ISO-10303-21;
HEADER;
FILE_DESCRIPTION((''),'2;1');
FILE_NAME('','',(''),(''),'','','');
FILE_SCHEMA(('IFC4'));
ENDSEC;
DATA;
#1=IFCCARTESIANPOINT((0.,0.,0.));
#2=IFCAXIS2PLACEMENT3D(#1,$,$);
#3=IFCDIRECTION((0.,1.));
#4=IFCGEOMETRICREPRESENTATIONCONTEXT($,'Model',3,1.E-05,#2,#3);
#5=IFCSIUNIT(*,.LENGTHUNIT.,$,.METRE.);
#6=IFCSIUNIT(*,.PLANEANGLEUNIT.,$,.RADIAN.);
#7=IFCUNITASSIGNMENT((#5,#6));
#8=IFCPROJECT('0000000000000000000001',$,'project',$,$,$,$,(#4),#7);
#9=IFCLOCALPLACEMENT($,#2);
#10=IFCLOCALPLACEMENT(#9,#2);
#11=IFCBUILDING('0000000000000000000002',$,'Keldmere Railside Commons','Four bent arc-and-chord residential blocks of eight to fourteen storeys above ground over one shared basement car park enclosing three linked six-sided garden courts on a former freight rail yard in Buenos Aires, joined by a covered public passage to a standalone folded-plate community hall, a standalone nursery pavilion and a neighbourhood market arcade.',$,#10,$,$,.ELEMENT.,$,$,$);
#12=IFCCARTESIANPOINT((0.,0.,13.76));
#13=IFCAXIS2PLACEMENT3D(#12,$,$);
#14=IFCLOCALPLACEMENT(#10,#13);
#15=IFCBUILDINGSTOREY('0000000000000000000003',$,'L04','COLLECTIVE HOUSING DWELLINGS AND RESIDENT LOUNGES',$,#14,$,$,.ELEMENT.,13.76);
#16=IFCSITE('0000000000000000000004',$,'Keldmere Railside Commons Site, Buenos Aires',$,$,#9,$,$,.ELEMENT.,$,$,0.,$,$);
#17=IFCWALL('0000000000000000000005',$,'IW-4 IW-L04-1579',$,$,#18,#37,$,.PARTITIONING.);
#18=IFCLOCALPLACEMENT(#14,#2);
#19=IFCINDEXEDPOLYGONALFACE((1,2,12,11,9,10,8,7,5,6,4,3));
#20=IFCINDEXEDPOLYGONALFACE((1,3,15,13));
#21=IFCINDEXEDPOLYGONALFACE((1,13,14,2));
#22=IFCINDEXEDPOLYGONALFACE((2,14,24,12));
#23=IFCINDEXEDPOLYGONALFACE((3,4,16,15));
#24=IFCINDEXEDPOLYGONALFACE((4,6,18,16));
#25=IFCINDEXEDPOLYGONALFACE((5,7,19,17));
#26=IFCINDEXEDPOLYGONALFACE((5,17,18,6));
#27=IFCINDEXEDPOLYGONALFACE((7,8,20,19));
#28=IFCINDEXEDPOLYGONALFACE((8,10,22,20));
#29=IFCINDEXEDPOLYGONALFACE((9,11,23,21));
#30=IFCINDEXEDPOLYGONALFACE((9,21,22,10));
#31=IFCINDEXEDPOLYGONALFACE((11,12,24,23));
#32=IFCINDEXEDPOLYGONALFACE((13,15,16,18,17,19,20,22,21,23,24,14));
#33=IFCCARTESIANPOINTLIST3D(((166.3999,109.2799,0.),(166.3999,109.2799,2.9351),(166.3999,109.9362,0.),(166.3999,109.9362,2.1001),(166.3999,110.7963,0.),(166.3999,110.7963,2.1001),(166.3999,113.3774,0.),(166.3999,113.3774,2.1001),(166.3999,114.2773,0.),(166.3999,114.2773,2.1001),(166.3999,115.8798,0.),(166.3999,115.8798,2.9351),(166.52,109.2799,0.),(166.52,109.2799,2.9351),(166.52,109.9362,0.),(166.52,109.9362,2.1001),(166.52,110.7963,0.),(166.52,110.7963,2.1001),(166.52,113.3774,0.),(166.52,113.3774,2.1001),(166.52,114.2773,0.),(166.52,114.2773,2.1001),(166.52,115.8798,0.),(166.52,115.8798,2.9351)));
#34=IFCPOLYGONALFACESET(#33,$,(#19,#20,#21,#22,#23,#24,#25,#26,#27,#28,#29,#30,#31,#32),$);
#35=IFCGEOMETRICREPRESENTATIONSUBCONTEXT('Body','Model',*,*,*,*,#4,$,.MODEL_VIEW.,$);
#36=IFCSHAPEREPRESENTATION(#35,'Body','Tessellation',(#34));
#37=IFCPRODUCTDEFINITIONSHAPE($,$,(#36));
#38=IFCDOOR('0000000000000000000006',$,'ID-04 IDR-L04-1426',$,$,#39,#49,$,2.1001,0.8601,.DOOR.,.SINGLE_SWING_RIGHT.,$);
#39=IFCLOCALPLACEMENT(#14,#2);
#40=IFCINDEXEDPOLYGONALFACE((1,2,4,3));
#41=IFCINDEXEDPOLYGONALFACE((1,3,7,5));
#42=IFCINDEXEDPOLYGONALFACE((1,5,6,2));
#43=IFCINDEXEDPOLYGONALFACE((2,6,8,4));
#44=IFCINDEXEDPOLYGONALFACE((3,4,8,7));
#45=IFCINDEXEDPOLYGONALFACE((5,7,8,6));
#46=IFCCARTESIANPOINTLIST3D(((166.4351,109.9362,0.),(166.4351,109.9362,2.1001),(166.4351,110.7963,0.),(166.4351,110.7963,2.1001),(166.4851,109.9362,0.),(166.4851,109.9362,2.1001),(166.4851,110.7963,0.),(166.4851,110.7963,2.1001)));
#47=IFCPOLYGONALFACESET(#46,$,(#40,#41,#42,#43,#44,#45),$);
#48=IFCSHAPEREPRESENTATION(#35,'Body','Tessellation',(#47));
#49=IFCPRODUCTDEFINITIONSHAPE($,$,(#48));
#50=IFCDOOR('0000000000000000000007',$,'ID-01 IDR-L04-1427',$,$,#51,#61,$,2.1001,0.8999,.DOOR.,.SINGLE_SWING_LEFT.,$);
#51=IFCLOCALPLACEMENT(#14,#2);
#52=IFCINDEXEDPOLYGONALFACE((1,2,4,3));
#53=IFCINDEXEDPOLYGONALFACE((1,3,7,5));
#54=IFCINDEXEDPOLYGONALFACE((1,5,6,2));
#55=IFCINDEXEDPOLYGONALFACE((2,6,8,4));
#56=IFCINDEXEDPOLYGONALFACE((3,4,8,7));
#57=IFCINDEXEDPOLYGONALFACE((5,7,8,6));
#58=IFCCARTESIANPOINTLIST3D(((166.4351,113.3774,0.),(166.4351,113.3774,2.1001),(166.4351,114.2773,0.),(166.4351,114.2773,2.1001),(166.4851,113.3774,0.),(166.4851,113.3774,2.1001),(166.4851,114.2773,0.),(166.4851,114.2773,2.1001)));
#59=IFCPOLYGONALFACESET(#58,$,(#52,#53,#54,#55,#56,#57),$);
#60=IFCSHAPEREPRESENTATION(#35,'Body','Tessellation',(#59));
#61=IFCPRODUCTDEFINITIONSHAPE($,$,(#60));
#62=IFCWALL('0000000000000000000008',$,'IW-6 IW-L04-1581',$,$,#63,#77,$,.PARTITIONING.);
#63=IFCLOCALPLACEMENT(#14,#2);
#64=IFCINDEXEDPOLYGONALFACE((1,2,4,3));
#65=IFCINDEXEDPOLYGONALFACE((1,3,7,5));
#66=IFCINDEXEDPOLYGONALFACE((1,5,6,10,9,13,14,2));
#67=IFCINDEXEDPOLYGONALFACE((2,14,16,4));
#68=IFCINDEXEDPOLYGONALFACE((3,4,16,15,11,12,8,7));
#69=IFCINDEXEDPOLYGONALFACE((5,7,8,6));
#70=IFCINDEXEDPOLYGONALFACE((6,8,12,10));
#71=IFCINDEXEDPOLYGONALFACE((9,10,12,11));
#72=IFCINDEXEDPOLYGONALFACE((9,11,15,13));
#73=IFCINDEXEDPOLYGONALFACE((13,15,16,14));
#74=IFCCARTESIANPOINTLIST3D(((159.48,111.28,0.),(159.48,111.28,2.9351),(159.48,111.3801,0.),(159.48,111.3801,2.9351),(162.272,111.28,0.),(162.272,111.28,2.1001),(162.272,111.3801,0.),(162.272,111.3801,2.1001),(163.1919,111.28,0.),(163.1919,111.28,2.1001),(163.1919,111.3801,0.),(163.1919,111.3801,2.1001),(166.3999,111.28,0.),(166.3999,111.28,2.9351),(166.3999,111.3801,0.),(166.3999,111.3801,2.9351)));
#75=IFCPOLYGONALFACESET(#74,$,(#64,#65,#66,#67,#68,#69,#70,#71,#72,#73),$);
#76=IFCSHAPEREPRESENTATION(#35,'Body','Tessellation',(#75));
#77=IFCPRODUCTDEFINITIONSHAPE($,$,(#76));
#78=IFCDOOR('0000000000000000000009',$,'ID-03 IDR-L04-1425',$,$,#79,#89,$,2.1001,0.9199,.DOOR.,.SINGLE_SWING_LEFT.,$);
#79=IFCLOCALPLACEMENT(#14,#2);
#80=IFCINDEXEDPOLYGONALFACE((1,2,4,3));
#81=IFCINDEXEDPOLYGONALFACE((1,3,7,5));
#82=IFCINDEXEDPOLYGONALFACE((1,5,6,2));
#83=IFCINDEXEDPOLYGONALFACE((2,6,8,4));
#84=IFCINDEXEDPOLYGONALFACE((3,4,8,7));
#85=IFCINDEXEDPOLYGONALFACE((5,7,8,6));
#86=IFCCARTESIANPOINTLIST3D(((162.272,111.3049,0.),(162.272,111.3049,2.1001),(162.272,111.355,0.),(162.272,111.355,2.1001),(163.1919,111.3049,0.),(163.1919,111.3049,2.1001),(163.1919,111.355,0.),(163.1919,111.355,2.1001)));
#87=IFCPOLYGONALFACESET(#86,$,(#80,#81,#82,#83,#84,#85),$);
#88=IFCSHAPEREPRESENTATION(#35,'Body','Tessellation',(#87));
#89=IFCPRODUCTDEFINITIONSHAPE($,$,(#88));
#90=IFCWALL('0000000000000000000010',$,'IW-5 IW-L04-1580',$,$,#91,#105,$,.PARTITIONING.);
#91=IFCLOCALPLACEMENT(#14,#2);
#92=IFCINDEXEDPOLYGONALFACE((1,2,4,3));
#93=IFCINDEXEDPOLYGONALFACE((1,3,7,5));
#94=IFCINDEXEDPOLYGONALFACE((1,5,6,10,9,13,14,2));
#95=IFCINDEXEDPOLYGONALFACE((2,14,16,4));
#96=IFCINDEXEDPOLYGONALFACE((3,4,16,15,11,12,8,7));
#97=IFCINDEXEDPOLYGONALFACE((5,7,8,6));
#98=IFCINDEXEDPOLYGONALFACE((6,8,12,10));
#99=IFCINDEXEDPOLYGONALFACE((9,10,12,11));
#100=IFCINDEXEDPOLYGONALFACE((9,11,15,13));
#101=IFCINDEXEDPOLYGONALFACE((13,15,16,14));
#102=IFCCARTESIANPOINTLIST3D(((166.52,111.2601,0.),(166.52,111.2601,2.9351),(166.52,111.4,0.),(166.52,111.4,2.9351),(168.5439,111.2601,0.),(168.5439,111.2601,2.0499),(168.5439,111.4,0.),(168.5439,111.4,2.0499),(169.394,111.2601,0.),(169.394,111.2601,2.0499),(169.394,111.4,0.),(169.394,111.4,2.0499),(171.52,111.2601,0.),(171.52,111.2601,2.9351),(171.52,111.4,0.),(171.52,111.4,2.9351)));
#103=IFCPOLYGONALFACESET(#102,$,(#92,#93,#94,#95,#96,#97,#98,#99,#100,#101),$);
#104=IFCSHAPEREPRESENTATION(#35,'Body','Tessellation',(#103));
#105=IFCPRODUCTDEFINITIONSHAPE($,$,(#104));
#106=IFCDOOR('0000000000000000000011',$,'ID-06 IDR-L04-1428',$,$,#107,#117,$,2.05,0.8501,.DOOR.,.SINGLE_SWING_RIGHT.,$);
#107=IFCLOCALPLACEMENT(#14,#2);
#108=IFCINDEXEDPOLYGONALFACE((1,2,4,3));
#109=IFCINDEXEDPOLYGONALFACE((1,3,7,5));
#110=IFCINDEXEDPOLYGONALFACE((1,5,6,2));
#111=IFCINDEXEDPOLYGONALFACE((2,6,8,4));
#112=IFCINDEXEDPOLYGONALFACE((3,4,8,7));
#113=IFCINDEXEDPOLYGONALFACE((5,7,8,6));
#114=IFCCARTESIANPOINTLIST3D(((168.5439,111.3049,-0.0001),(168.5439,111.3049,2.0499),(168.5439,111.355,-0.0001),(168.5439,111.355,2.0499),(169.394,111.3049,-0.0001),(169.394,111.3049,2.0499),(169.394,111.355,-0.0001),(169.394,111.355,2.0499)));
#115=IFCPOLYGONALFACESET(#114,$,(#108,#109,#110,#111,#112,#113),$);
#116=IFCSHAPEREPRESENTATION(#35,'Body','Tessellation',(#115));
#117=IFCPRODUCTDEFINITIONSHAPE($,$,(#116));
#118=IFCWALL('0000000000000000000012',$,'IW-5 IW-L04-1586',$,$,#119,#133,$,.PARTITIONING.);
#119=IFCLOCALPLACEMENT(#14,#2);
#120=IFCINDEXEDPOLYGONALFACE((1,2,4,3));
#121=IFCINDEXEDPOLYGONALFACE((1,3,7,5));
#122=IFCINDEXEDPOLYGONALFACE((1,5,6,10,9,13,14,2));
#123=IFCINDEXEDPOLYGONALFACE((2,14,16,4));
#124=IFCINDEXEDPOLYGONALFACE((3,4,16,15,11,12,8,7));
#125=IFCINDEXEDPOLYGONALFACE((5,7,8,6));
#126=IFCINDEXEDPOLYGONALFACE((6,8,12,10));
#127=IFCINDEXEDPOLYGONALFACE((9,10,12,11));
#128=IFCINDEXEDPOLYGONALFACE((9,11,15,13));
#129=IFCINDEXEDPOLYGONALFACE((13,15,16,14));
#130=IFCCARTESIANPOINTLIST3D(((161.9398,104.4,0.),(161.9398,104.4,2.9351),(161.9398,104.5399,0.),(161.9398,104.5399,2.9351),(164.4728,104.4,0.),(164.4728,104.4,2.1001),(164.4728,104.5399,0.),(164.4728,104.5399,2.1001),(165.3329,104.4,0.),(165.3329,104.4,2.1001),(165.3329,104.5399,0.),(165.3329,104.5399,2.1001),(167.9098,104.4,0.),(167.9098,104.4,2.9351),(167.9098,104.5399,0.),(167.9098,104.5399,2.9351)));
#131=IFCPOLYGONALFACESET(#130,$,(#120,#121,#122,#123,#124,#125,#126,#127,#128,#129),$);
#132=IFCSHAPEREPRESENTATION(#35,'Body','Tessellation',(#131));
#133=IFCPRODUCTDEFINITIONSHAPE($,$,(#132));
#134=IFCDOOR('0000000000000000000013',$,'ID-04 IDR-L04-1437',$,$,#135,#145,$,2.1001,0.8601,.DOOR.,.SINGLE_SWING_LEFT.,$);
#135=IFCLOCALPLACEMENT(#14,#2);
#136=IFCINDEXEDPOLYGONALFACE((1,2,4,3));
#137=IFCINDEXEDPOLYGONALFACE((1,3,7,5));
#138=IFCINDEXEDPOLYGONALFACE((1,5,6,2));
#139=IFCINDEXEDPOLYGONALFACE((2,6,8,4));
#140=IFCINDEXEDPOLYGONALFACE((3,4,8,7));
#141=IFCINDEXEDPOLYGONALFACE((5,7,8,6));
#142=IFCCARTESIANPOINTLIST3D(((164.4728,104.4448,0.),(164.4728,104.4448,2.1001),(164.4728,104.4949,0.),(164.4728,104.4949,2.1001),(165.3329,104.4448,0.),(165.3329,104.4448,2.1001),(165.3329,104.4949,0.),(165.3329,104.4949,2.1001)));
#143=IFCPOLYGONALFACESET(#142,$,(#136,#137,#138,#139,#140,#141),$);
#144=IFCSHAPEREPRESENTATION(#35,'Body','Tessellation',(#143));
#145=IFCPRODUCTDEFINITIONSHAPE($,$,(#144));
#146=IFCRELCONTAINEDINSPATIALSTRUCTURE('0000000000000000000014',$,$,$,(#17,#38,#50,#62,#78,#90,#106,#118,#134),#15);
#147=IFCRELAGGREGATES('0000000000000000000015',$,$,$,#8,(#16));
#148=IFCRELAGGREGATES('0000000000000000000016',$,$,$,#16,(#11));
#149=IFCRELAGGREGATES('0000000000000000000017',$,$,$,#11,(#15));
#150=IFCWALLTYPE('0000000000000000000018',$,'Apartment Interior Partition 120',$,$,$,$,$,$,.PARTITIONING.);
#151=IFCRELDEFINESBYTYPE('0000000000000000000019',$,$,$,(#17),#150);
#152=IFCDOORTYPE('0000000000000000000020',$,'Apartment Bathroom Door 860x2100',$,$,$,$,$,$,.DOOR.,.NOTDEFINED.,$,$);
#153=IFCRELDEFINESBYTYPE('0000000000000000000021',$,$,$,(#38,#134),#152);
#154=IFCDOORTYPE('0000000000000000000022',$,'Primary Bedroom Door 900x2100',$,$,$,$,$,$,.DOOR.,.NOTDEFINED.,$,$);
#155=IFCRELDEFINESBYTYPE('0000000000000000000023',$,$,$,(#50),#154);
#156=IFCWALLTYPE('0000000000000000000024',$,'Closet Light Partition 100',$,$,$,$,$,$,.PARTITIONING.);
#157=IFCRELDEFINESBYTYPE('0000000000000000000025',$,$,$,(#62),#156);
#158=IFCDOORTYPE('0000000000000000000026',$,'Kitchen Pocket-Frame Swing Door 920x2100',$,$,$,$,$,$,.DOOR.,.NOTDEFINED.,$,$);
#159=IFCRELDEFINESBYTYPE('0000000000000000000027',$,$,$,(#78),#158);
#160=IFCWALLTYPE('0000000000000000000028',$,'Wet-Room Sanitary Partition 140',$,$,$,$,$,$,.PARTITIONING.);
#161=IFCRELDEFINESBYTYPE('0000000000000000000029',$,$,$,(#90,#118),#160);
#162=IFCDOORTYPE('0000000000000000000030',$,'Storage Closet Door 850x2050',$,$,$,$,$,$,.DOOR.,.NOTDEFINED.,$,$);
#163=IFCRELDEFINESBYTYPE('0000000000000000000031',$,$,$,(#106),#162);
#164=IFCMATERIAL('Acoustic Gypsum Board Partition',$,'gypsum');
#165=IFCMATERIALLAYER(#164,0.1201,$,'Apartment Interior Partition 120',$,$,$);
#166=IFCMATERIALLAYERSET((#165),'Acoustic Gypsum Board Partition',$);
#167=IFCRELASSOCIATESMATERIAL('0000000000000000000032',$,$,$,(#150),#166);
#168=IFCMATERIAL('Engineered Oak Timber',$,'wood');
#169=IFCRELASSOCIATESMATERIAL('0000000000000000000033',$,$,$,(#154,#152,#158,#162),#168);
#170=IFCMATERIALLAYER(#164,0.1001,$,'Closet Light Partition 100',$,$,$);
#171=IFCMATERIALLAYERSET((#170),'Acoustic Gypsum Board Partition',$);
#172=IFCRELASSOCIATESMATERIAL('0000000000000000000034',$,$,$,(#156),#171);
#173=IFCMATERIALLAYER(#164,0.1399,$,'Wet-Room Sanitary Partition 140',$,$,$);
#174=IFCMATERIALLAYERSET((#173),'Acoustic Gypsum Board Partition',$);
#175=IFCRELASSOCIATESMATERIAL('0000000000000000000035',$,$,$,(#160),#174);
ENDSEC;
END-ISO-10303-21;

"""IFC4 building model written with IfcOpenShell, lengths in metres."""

from ifc_helpers import new_model, si_unit, direction, frame, frame_2d, origin, place, context, subcontext, project, spatial, rectangle, extrude, material, layer, layer_set, type_object, element, fill, save


model = new_model("IFC4")

# Units and contexts
model_context = context("Model", 3, precision=1e-05, world=origin(), true_north=direction((0.0, 1.0)))
body_context = subcontext(model_context, "Body", "Model", "MODEL_VIEW")
ifc_project = project(units=[si_unit("LENGTHUNIT", "METRE"), si_unit("PLANEANGLEUNIT", "RADIAN")], contexts=[model_context])

# Site, building, storey
site_placement = place(None, origin())
site = spatial("IfcSite", under=ifc_project, at=site_placement, Name="Keldmere Railside Commons Site, Buenos Aires", CompositionType="ELEMENT", RefElevation=0.0)
building_placement = place(site_placement, origin())
building = spatial("IfcBuilding", under=site, at=building_placement, Name="Keldmere Railside Commons", Description="Four bent arc-and-chord residential blocks of eight to fourteen storeys above ground over one shared basement car park enclosing three linked six-sided garden courts on a former freight rail yard in Buenos Aires, joined by a covered public passage to a standalone folded-plate community hall, a standalone nursery pavilion and a neighbourhood market arcade.", CompositionType="ELEMENT")
storey_placement = place(building_placement, frame((0.0, 0.0, 13.76)))
storey = spatial("IfcBuildingStorey", under=building, at=storey_placement, Name="L04", Description="COLLECTIVE HOUSING DWELLINGS AND RESIDENT LOUNGES", CompositionType="ELEMENT", Elevation=13.76)

# Shared definitions
ifc_material_1 = material(Name="Acoustic Gypsum Board Partition", Category="gypsum")

# Shared definitions
ifc_layer_1 = layer(ifc_material_1, 0.1201, Name="Apartment Interior Partition 120")
ifc_layer_set_1 = layer_set([ifc_layer_1], Name="Acoustic Gypsum Board Partition")
wall_type_1 = type_object("IfcWallType", Name="Apartment Interior Partition 120", PredefinedType="PARTITIONING", material=ifc_layer_set_1)
ifc_material_2 = material(Name="Engineered Oak Timber", Category="wood")
door_type_1 = type_object("IfcDoorType", Name="Primary Bedroom Door 900x2100", OperationType="NOTDEFINED", PredefinedType="DOOR", material=ifc_material_2)

# Wall, openings, doors
wall_1_placement = place(storey_placement, frame((166.46, 109.28, 0.0), z_axis=(0.0, 0.0, 1.0), x_axis=(0.0, 1.0, 0.0)))
wall_1 = element("IfcWall", 1, at=wall_1_placement, inside=storey, type_object=wall_type_1, Name="IW-4 IW-L04-1579", PredefinedType="PARTITIONING", context=body_context, shape_type="SweptSolid", body=[
    extrude(rectangle(XDim=6.5999, YDim=0.1201, at=frame_2d((3.2998, 0.0))), origin(), (0.0, 0.0, 1.0), 2.9351),
])
opening_1_placement = place(wall_1_placement, frame((0.656, 0.0, 0.0)))
opening_1 = element("IfcOpeningElement", 2, at=opening_1_placement, cuts=wall_1, PredefinedType="OPENING", context=body_context, shape_type="SweptSolid", body=[
    extrude(rectangle(XDim=0.8601, YDim=2.1001, at=frame_2d((0.4302, 1.05))), frame((0.0, 0.0701, 0.0), z_axis=(0.0, -1.0, 0.0), x_axis=(1.0, 0.0, 0.0)), (0.0, 0.0, 1.0), 0.1401),
])
opening_2_placement = place(wall_1_placement, frame((4.0974, 0.0, 0.0)))
opening_2 = element("IfcOpeningElement", 3, at=opening_2_placement, cuts=wall_1, PredefinedType="OPENING", context=body_context, shape_type="SweptSolid", body=[
    extrude(rectangle(XDim=0.8999, YDim=2.1001, at=frame_2d((0.45, 1.05))), frame((0.0, 0.0701, 0.0), z_axis=(0.0, -1.0, 0.0), x_axis=(1.0, 0.0, 0.0)), (0.0, 0.0, 1.0), 0.1401),
])
door_type_2 = type_object("IfcDoorType", Name="Apartment Bathroom Door 860x2100", OperationType="NOTDEFINED", PredefinedType="DOOR", material=ifc_material_2)
door_1_placement = place(opening_1_placement, origin())
door_1 = element("IfcDoor", 4, at=door_1_placement, inside=storey, type_object=door_type_2, Name="ID-04 IDR-L04-1426", OperationType="SINGLE_SWING_RIGHT", OverallHeight=2.1001, OverallWidth=0.8601, PredefinedType="DOOR", context=body_context, shape_type="SweptSolid", body=[
    extrude(rectangle(XDim=0.8601, YDim=2.1001, at=frame_2d((0.4302, 1.05))), frame((0.0, 0.0249, 0.0), z_axis=(0.0, -1.0, 0.0), x_axis=(1.0, 0.0, 0.0)), (0.0, 0.0, 1.0), 0.05),
])
fill(opening_1, door_1)
door_2_placement = place(opening_2_placement, origin())
door_2 = element("IfcDoor", 5, at=door_2_placement, inside=storey, type_object=door_type_1, Name="ID-01 IDR-L04-1427", OperationType="SINGLE_SWING_LEFT", OverallHeight=2.1001, OverallWidth=0.8999, PredefinedType="DOOR", context=body_context, shape_type="SweptSolid", body=[
    extrude(rectangle(XDim=0.8999, YDim=2.1001, at=frame_2d((0.45, 1.05))), frame((0.0, 0.0249, 0.0), z_axis=(0.0, -1.0, 0.0), x_axis=(1.0, 0.0, 0.0)), (0.0, 0.0, 1.0), 0.05),
])
fill(opening_2, door_2)

# Walls, openings, doors
ifc_layer_2 = layer(ifc_material_1, 0.1001, Name="Closet Light Partition 100")
ifc_layer_set_2 = layer_set([ifc_layer_2], Name="Acoustic Gypsum Board Partition")
wall_type_2 = type_object("IfcWallType", Name="Closet Light Partition 100", PredefinedType="PARTITIONING", material=ifc_layer_set_2)
wall_2_placement = place(storey_placement, frame((159.48, 111.3301, 0.0), z_axis=(0.0, 0.0, 1.0), x_axis=(1.0, 0.0, 0.0)))
wall_2 = element("IfcWall", 6, at=wall_2_placement, inside=storey, type_object=wall_type_2, Name="IW-6 IW-L04-1581", PredefinedType="PARTITIONING", context=body_context, shape_type="SweptSolid", body=[
    extrude(rectangle(XDim=6.9199, YDim=0.1001, at=frame_2d((3.46, 0.0))), origin(), (0.0, 0.0, 1.0), 2.9351),
])
opening_3_placement = place(wall_2_placement, frame((2.792, 0.0, 0.0)))
opening_3 = element("IfcOpeningElement", 7, at=opening_3_placement, cuts=wall_2, PredefinedType="OPENING", context=body_context, shape_type="SweptSolid", body=[
    extrude(rectangle(XDim=0.9199, YDim=2.1001, at=frame_2d((0.46, 1.05))), frame((0.0, 0.0601, 0.0), z_axis=(0.0, -1.0, 0.0), x_axis=(1.0, 0.0, 0.0)), (0.0, 0.0, 1.0), 0.1201),
])
door_type_3 = type_object("IfcDoorType", Name="Kitchen Pocket-Frame Swing Door 920x2100", OperationType="NOTDEFINED", PredefinedType="DOOR", material=ifc_material_2)
door_3_placement = place(opening_3_placement, origin())
door_3 = element("IfcDoor", 8, at=door_3_placement, inside=storey, type_object=door_type_3, Name="ID-03 IDR-L04-1425", OperationType="SINGLE_SWING_LEFT", OverallHeight=2.1001, OverallWidth=0.9199, PredefinedType="DOOR", context=body_context, shape_type="SweptSolid", body=[
    extrude(rectangle(XDim=0.9199, YDim=2.1001, at=frame_2d((0.46, 1.05))), frame((0.0, 0.0249, 0.0), z_axis=(0.0, -1.0, 0.0), x_axis=(1.0, 0.0, 0.0)), (0.0, 0.0, 1.0), 0.05),
])
fill(opening_3, door_3)
ifc_layer_3 = layer(ifc_material_1, 0.1399, Name="Wet-Room Sanitary Partition 140")
ifc_layer_set_3 = layer_set([ifc_layer_3], Name="Acoustic Gypsum Board Partition")
wall_type_3 = type_object("IfcWallType", Name="Wet-Room Sanitary Partition 140", PredefinedType="PARTITIONING", material=ifc_layer_set_3)
wall_3_placement = place(storey_placement, frame((166.52, 111.3301, 0.0), z_axis=(0.0, 0.0, 1.0), x_axis=(1.0, 0.0, 0.0)))
wall_3 = element("IfcWall", 9, at=wall_3_placement, inside=storey, type_object=wall_type_3, Name="IW-5 IW-L04-1580", PredefinedType="PARTITIONING", context=body_context, shape_type="SweptSolid", body=[
    extrude(rectangle(XDim=5.0, YDim=0.1399, at=frame_2d((2.5, 0.0))), origin(), (0.0, 0.0, 1.0), 2.9351),
])
opening_4_placement = place(wall_3_placement, frame((2.0239, 0.0, 0.0)))
opening_4 = element("IfcOpeningElement", 10, at=opening_4_placement, cuts=wall_3, PredefinedType="OPENING", context=body_context, shape_type="SweptSolid", body=[
    extrude(rectangle(XDim=0.8501, YDim=2.05, at=frame_2d((0.425, 1.0249))), frame((0.0, 0.0798, 0.0), z_axis=(0.0, -1.0, 0.0), x_axis=(1.0, 0.0, 0.0)), (0.0, 0.0, 1.0), 0.1599),
])
door_type_4 = type_object("IfcDoorType", Name="Storage Closet Door 850x2050", OperationType="NOTDEFINED", PredefinedType="DOOR", material=ifc_material_2)
door_4_placement = place(opening_4_placement, origin())
door_4 = element("IfcDoor", 11, at=door_4_placement, inside=storey, type_object=door_type_4, Name="ID-06 IDR-L04-1428", OperationType="SINGLE_SWING_RIGHT", OverallHeight=2.05, OverallWidth=0.8501, PredefinedType="DOOR", context=body_context, shape_type="SweptSolid", body=[
    extrude(rectangle(XDim=0.8501, YDim=2.05, at=frame_2d((0.425, 1.0249))), frame((0.0, 0.0249, 0.0), z_axis=(0.0, -1.0, 0.0), x_axis=(1.0, 0.0, 0.0)), (0.0, 0.0, 1.0), 0.05),
])
fill(opening_4, door_4)
wall_4_placement = place(storey_placement, frame((161.9399, 104.47, 0.0), z_axis=(0.0, 0.0, 1.0), x_axis=(1.0, 0.0, 0.0)))
wall_4 = element("IfcWall", 12, at=wall_4_placement, inside=storey, type_object=wall_type_3, Name="IW-5 IW-L04-1586", PredefinedType="PARTITIONING", context=body_context, shape_type="SweptSolid", body=[
    extrude(rectangle(XDim=5.97, YDim=0.1399, at=frame_2d((2.9849, 0.0))), origin(), (0.0, 0.0, 1.0), 2.9351),
])
opening_5_placement = place(wall_4_placement, frame((2.5327, 0.0, 0.0)))
opening_5 = element("IfcOpeningElement", 13, at=opening_5_placement, cuts=wall_4, PredefinedType="OPENING", context=body_context, shape_type="SweptSolid", body=[
    extrude(rectangle(XDim=0.8601, YDim=2.1001, at=frame_2d((0.4302, 1.05))), frame((0.0, 0.0798, 0.0), z_axis=(0.0, -1.0, 0.0), x_axis=(1.0, 0.0, 0.0)), (0.0, 0.0, 1.0), 0.1599),
])
door_5_placement = place(opening_5_placement, origin())
door_5 = element("IfcDoor", 14, at=door_5_placement, inside=storey, type_object=door_type_2, Name="ID-04 IDR-L04-1437", OperationType="SINGLE_SWING_LEFT", OverallHeight=2.1001, OverallWidth=0.8601, PredefinedType="DOOR", context=body_context, shape_type="SweptSolid", body=[
    extrude(rectangle(XDim=0.8601, YDim=2.1001, at=frame_2d((0.4302, 1.05))), frame((0.0, 0.0249, 0.0), z_axis=(0.0, -1.0, 0.0), x_axis=(1.0, 0.0, 0.0)), (0.0, 0.0, 1.0), 0.05),
])
fill(opening_5, door_5)

save(model, "model.ifc")
